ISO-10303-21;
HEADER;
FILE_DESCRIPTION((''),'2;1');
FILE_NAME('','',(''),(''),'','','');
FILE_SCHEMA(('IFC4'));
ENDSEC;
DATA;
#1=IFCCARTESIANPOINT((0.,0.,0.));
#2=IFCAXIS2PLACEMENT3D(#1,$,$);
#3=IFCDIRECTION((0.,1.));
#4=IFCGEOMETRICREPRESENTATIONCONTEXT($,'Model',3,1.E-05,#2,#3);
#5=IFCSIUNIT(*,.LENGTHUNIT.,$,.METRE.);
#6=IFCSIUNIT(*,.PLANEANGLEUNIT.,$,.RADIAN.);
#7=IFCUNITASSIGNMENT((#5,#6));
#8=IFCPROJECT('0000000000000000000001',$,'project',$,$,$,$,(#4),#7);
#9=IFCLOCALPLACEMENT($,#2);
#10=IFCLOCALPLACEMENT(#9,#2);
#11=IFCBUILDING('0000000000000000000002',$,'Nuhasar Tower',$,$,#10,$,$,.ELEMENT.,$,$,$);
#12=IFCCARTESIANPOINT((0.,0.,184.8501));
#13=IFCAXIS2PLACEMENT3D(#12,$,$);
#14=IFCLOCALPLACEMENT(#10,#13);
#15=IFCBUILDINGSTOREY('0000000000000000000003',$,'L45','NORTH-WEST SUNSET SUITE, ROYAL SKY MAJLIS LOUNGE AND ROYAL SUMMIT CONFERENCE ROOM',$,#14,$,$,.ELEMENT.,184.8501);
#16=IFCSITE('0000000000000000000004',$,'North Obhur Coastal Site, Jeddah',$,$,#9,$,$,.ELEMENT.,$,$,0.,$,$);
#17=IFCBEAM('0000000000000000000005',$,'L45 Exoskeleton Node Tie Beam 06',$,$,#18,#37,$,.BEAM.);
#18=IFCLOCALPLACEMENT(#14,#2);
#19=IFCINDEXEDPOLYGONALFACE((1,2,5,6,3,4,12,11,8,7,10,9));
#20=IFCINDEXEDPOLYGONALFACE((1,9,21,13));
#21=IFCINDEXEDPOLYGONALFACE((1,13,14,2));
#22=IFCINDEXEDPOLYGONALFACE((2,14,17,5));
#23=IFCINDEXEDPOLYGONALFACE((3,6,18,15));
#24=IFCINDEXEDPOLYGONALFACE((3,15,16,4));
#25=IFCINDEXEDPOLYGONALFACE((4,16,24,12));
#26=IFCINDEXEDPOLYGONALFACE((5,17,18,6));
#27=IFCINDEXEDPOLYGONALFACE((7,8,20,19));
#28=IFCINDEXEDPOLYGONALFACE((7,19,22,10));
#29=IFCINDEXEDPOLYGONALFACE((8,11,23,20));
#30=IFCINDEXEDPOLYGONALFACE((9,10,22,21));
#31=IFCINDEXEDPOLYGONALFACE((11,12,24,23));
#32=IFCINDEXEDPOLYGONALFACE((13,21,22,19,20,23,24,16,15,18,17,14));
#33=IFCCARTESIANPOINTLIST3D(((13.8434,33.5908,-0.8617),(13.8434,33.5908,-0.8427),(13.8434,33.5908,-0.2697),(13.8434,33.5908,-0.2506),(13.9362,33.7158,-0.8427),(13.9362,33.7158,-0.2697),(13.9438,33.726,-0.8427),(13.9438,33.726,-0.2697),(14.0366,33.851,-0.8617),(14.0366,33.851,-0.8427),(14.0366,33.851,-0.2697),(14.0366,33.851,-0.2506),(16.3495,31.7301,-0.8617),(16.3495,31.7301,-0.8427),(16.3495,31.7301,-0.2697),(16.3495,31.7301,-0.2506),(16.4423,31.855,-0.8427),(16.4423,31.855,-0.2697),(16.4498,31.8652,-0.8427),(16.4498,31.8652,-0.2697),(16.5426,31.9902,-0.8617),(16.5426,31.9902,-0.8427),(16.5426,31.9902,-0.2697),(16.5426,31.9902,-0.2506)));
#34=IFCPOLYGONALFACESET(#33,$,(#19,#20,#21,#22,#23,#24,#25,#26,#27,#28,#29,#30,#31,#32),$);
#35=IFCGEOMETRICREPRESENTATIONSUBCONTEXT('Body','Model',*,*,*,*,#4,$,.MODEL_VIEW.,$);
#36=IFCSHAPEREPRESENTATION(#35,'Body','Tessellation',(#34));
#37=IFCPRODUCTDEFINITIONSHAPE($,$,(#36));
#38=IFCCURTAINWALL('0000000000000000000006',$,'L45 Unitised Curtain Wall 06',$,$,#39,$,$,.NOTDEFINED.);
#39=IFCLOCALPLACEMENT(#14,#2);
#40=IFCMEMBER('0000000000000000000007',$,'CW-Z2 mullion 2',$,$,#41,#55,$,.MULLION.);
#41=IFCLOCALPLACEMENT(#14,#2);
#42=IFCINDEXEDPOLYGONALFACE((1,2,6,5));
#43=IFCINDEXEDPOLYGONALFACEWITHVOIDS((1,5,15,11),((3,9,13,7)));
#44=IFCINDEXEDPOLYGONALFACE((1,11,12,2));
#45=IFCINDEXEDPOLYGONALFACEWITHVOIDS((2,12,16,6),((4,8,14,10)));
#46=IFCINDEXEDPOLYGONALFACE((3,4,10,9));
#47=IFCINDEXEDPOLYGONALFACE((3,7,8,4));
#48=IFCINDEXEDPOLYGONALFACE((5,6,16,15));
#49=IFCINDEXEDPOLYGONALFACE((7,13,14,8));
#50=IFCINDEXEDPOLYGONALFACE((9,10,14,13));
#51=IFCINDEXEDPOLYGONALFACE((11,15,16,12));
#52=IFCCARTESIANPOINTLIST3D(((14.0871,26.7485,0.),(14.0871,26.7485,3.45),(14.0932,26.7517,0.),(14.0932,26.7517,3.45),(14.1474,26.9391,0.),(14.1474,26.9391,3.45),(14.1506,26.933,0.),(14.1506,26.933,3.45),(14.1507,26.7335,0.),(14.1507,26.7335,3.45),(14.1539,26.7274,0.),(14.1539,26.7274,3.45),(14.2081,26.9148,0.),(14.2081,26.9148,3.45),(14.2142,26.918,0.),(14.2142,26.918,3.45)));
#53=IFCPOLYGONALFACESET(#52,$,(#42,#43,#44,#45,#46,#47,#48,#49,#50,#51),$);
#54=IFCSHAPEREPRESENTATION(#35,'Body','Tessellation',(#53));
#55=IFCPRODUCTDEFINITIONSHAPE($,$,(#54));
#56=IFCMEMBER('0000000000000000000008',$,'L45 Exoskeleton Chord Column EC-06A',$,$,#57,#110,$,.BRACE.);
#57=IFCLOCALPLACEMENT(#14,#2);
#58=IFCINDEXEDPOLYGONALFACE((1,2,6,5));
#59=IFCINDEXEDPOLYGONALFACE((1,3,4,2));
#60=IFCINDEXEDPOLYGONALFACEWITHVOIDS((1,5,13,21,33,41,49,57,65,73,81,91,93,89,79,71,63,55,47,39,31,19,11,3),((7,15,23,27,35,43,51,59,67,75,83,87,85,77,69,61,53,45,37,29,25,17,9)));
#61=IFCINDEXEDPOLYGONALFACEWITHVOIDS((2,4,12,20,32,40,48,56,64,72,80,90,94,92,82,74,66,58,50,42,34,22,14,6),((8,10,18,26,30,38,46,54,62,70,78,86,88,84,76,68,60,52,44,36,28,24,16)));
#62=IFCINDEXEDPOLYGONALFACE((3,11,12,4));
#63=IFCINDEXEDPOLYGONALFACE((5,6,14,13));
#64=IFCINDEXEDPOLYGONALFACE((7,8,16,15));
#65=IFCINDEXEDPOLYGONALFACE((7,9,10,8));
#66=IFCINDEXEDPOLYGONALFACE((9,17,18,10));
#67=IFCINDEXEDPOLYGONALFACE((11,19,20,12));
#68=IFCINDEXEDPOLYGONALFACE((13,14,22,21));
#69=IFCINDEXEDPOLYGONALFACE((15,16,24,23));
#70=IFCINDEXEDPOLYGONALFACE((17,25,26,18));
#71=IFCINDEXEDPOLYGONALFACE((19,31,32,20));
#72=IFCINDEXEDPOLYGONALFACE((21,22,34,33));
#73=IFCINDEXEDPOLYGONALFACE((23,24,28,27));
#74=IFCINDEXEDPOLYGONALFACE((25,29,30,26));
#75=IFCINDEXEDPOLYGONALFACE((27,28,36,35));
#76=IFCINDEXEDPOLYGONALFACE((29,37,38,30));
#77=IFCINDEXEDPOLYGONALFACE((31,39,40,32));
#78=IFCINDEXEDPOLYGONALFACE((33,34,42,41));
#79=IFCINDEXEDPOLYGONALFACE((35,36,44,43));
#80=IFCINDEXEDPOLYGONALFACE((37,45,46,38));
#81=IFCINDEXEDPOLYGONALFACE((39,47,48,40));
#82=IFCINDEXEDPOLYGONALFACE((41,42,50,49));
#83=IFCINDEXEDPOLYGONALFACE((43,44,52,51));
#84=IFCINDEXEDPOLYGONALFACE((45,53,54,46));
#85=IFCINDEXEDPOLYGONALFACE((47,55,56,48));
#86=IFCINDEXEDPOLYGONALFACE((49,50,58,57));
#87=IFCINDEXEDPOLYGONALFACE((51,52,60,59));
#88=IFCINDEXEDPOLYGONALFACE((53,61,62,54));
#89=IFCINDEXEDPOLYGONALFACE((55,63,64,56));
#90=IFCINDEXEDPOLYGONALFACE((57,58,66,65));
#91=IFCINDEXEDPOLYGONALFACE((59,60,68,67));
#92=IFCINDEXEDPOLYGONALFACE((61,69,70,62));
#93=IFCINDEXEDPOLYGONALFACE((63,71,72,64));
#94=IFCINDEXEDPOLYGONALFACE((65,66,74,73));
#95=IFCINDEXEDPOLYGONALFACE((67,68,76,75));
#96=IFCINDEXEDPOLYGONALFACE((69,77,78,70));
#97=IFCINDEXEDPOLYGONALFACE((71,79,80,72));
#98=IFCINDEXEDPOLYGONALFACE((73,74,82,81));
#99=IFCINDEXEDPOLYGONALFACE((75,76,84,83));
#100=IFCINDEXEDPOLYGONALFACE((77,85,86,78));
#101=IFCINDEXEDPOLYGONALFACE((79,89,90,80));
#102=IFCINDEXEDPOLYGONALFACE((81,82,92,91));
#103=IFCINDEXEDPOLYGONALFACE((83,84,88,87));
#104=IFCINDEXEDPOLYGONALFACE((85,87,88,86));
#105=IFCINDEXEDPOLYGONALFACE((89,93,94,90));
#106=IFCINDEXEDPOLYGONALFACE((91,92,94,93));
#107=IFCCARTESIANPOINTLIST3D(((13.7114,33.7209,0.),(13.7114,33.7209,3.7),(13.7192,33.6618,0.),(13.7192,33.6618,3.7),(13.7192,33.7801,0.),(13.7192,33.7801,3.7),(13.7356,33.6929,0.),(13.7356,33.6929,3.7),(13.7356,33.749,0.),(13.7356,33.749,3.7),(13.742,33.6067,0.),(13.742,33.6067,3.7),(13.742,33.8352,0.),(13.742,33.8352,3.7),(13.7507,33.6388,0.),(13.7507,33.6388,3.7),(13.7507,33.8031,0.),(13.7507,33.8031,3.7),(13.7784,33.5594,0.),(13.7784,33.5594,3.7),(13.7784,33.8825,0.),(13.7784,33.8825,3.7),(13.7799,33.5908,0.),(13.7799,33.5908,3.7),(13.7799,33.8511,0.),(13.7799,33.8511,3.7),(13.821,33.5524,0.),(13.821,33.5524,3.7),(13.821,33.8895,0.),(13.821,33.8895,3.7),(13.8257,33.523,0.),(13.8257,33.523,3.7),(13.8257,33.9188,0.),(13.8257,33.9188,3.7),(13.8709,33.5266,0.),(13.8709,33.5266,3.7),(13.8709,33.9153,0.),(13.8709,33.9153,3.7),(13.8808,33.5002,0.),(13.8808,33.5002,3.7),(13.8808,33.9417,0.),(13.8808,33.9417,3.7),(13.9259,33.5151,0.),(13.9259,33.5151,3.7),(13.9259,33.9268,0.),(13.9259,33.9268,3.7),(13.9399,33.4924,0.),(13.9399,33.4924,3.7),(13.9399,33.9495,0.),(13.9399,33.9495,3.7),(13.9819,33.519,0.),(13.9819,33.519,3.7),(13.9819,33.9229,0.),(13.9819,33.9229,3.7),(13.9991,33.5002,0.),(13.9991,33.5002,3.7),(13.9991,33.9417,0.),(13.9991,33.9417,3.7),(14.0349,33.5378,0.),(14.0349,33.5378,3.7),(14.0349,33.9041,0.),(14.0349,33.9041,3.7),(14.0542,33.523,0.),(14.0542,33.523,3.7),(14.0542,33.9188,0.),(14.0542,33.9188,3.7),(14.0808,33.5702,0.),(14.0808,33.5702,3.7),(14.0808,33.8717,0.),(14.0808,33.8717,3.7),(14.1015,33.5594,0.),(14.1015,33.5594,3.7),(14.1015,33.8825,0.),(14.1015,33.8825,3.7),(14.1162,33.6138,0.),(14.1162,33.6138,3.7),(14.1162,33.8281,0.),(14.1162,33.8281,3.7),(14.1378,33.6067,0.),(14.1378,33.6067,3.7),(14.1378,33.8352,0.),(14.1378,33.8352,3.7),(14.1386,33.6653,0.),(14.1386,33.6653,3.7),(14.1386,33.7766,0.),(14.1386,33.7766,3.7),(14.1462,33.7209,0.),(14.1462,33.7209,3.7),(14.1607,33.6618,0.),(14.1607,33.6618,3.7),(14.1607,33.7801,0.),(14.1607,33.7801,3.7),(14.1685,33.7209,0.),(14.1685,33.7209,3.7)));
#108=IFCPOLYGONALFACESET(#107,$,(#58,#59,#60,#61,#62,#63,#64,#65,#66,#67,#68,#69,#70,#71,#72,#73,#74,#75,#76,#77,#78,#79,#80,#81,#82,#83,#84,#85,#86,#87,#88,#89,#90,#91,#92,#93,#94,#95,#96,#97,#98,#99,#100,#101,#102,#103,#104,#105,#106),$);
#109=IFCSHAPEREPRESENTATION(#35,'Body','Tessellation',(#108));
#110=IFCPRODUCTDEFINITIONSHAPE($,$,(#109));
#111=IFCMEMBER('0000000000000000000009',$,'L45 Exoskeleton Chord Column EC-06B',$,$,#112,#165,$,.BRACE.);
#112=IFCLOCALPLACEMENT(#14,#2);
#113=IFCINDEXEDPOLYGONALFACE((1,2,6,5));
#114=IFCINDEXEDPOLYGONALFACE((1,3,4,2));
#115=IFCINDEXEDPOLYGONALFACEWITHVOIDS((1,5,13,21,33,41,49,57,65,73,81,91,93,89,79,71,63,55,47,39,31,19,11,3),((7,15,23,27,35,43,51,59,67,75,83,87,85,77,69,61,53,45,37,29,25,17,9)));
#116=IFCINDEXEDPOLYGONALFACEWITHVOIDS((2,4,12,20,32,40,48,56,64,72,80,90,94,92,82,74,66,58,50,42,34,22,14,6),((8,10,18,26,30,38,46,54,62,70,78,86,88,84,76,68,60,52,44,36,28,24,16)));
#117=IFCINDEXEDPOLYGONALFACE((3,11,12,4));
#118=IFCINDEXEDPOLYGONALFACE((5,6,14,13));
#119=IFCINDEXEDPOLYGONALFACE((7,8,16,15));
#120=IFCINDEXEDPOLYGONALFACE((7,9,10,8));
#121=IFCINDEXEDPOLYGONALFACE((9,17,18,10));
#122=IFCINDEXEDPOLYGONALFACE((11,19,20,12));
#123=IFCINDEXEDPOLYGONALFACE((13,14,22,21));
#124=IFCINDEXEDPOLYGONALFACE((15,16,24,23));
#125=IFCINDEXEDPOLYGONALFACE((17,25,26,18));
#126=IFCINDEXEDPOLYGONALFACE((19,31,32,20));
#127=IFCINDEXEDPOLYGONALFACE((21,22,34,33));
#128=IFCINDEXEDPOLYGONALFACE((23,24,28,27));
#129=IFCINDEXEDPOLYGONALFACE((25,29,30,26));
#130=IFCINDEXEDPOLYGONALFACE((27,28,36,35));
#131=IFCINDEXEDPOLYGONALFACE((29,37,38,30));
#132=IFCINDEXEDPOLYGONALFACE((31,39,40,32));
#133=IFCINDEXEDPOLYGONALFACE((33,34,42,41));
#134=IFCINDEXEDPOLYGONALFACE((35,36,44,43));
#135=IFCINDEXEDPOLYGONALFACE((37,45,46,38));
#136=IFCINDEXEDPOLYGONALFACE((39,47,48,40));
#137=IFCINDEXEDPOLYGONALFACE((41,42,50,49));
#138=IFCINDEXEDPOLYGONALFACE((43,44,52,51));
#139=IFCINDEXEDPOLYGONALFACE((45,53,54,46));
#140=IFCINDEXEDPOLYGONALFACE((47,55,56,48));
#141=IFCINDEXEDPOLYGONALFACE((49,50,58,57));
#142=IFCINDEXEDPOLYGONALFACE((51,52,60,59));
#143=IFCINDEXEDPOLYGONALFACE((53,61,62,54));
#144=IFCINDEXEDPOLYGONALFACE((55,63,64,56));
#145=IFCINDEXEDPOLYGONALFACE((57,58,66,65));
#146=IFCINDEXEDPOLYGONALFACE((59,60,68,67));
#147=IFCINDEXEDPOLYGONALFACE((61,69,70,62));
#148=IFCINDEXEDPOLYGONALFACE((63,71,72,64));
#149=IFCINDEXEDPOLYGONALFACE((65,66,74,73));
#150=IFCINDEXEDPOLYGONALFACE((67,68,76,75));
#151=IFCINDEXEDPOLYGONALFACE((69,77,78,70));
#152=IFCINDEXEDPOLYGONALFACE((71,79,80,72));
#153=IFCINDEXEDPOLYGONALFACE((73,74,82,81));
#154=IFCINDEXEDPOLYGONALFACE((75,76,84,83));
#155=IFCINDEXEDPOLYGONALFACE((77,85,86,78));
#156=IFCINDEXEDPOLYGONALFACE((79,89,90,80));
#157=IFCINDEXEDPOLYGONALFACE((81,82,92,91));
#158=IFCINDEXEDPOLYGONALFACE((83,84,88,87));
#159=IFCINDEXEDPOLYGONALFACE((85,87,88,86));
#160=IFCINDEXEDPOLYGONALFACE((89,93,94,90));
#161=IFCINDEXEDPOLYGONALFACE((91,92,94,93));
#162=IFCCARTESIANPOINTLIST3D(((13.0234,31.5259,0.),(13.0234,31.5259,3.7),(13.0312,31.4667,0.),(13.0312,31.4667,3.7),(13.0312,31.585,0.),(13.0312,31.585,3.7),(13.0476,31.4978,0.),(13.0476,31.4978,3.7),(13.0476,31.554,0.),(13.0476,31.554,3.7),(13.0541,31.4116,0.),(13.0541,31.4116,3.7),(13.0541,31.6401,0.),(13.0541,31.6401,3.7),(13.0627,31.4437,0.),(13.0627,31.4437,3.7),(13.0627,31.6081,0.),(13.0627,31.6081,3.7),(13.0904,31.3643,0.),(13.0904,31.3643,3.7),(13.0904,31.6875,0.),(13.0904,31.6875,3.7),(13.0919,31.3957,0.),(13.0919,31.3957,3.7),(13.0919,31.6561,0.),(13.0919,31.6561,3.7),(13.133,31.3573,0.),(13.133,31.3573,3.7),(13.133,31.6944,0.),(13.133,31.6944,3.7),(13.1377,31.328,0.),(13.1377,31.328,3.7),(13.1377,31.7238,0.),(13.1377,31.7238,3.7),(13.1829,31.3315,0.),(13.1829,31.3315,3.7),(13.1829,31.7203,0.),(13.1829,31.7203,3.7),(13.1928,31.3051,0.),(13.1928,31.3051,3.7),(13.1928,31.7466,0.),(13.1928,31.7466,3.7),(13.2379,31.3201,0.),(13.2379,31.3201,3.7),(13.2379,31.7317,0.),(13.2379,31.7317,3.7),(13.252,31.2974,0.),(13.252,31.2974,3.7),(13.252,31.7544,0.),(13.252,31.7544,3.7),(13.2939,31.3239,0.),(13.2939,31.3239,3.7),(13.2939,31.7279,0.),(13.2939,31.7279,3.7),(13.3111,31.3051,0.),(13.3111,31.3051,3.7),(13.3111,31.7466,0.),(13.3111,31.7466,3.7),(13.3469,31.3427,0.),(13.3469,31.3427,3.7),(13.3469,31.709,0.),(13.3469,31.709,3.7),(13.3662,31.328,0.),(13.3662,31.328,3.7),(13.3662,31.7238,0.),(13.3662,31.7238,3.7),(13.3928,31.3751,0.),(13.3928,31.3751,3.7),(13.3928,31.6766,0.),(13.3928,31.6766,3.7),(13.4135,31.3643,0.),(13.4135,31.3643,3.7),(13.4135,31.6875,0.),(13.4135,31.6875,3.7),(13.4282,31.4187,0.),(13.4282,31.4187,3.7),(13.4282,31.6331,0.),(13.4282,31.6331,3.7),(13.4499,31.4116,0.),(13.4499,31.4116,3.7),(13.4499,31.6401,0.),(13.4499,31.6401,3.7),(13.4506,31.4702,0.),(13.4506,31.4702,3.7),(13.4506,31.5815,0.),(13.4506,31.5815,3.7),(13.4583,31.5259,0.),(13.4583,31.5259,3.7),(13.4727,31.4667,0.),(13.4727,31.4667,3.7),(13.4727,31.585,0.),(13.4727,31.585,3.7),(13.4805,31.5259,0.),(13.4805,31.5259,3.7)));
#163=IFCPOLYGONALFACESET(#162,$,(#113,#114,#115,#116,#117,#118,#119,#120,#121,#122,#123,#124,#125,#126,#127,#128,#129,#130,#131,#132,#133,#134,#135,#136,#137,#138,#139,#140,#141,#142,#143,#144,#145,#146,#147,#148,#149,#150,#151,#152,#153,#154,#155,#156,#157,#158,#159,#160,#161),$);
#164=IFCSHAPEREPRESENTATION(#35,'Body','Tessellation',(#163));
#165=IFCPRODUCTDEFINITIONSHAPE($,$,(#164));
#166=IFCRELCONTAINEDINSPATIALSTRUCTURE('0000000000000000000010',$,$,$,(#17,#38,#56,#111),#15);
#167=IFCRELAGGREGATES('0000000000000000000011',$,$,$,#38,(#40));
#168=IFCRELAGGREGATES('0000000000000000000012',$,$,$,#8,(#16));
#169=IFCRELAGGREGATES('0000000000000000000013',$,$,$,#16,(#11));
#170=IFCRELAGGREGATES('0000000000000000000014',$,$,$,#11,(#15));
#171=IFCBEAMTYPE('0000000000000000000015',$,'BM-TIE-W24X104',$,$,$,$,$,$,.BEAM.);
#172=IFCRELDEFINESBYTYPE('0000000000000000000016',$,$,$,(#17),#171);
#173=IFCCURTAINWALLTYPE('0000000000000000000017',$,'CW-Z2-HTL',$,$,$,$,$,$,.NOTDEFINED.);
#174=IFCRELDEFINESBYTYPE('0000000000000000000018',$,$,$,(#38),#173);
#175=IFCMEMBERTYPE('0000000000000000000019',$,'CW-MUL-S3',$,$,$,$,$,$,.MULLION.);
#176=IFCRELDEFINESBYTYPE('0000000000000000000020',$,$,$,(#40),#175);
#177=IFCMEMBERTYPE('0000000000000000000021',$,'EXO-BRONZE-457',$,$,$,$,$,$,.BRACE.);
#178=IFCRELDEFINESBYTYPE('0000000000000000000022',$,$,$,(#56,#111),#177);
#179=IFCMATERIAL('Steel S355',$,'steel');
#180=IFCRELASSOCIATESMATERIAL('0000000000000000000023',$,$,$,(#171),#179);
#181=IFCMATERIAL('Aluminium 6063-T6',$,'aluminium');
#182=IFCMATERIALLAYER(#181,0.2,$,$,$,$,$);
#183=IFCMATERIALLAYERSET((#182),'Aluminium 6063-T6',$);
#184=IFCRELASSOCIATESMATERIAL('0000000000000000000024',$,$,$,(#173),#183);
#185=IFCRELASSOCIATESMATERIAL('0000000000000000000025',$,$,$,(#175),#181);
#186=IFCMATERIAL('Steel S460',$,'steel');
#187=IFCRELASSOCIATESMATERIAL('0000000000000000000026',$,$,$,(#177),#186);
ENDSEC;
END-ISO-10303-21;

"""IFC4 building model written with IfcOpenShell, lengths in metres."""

from ifc_helpers import new_model, si_unit, direction, frame, origin, origin_2d, place, context, subcontext, project, spatial, hollow_rectangle, hollow_circle, i_section, extrude, material, layer, layer_set, material_profile, profile_set, type_object, element, aggregate, save


model = new_model("IFC4")

# Units and contexts
model_context = context("Model", 3, precision=1e-05, world=origin(), true_north=direction((0.0, 1.0)))
body_context = subcontext(model_context, "Body", "Model", "MODEL_VIEW")
ifc_project = project(units=[si_unit("LENGTHUNIT", "METRE"), si_unit("PLANEANGLEUNIT", "RADIAN")], contexts=[model_context])

# Site, building, storey
site_placement = place(None, origin())
site = spatial("IfcSite", under=ifc_project, at=site_placement, Name="North Obhur Coastal Site, Jeddah", CompositionType="ELEMENT", RefElevation=0.0)
building_placement = place(site_placement, origin())
building = spatial("IfcBuilding", under=site, at=building_placement, Name="Nuhasar Tower", CompositionType="ELEMENT")
storey_placement = place(building_placement, frame((0.0, 0.0, 184.8501)))
storey = spatial("IfcBuildingStorey", under=building, at=storey_placement, Name="L45", Description="NORTH-WEST SUNSET SUITE, ROYAL SKY MAJLIS LOUNGE AND ROYAL SUMMIT CONFERENCE ROOM", CompositionType="ELEMENT", Elevation=184.8501)

# Beam
ifc_material_1 = material(Name="Steel S355", Category="steel")
ifc_material_profile_1 = material_profile(ifc_material_1, i_section(OverallWidth=0.324, OverallDepth=0.6111, WebThickness=0.0127, FlangeThickness=0.019, at=origin_2d()), Name="W24X104")
ifc_profile_set_1 = profile_set([ifc_material_profile_1], Name="Steel S355")
beam_type_1 = type_object("IfcBeamType", Name="BM-TIE-W24X104", PredefinedType="BEAM", material=ifc_profile_set_1)
beam_1_placement = place(storey_placement, frame((16.446, 31.8601, -0.5562), z_axis=(-0.802872, 0.596151, 0.0), x_axis=(-0.596151, -0.802872, 0.0)))
element("IfcBeam", 1, at=beam_1_placement, inside=storey, type_object=beam_type_1, Name="L45 Exoskeleton Node Tie Beam 06", PredefinedType="BEAM", context=body_context, shape_type="SweptSolid", body=[
    extrude(i_section(OverallWidth=0.324, OverallDepth=0.6111, WebThickness=0.0127, FlangeThickness=0.019, at=origin_2d()), origin(), (0.0, 0.0, 1.0), 3.1213),
])

# Curtain wall, member
ifc_material_2 = material(Name="Aluminium 6063-T6", Category="aluminium")
ifc_layer_1 = layer(ifc_material_2, 0.2)
ifc_layer_set_1 = layer_set([ifc_layer_1], Name="Aluminium 6063-T6")
curtain_wall_type = type_object("IfcCurtainWallType", Name="CW-Z2-HTL", PredefinedType="NOTDEFINED", material=ifc_layer_set_1)
curtain_wall_placement = place(storey_placement, origin())
curtain_wall = element("IfcCurtainWall", 2, at=curtain_wall_placement, inside=storey, type_object=curtain_wall_type, Name="L45 Unitised Curtain Wall 06", PredefinedType="NOTDEFINED")
ifc_material_profile_2 = material_profile(ifc_material_2, hollow_rectangle(XDim=0.0701, YDim=0.2, WallThickness=0.0049, at=origin_2d()), Name="CWM-3")
ifc_profile_set_2 = profile_set([ifc_material_profile_2], Name="Aluminium 6063-T6")
member_type_1 = type_object("IfcMemberType", Name="CW-MUL-S3", PredefinedType="MULLION", material=ifc_profile_set_2)
member_1_placement = place(storey_placement, frame((14.1506, 26.8333, 0.0), z_axis=(0.0, 0.0, 1.0), x_axis=(0.953433, -0.301604, 0.0)))
member_1 = element("IfcMember", 3, at=member_1_placement, type_object=member_type_1, Name="CW-Z2 mullion 2", PredefinedType="MULLION", context=body_context, shape_type="SweptSolid", body=[
    extrude(hollow_rectangle(XDim=0.0701, YDim=0.2, WallThickness=0.0049, at=origin_2d()), origin(), (0.0, 0.0, 1.0), 3.45),
])

# Members
ifc_material_3 = material(Name="Steel S460", Category="steel")
ifc_material_profile_3 = material_profile(ifc_material_3, hollow_circle(Radius=0.2285, WallThickness=0.0222, at=origin_2d()), Name="HSS457X22.2")
ifc_profile_set_3 = profile_set([ifc_material_profile_3], Name="Steel S460")
member_type_2 = type_object("IfcMemberType", Name="EXO-BRONZE-457", PredefinedType="BRACE", material=ifc_profile_set_3)
for number, where, z_axis, x_axis, name in (
    (4, (13.9399, 33.7209, 0.0), (0.0, 0.0, 1.0), (1.0, 0.0, 0.0), "L45 Exoskeleton Chord Column EC-06A"),
    (5, (13.252, 31.5259, 0.0), (0.0, 0.0, 1.0), (1.0, 0.0, 0.0), "L45 Exoskeleton Chord Column EC-06B"),
):
    element("IfcMember", number, at=place(storey_placement, frame(where, z_axis=z_axis, x_axis=x_axis)), inside=storey, type_object=member_type_2, Name=name, PredefinedType="BRACE", context=body_context, shape_type="SweptSolid", body=[
        extrude(hollow_circle(Radius=0.2285, WallThickness=0.0222, at=origin_2d()), origin(), (0.0, 0.0, 1.0), 3.7),
    ])

aggregate(curtain_wall, [member_1])

save(model, "model.ifc")
